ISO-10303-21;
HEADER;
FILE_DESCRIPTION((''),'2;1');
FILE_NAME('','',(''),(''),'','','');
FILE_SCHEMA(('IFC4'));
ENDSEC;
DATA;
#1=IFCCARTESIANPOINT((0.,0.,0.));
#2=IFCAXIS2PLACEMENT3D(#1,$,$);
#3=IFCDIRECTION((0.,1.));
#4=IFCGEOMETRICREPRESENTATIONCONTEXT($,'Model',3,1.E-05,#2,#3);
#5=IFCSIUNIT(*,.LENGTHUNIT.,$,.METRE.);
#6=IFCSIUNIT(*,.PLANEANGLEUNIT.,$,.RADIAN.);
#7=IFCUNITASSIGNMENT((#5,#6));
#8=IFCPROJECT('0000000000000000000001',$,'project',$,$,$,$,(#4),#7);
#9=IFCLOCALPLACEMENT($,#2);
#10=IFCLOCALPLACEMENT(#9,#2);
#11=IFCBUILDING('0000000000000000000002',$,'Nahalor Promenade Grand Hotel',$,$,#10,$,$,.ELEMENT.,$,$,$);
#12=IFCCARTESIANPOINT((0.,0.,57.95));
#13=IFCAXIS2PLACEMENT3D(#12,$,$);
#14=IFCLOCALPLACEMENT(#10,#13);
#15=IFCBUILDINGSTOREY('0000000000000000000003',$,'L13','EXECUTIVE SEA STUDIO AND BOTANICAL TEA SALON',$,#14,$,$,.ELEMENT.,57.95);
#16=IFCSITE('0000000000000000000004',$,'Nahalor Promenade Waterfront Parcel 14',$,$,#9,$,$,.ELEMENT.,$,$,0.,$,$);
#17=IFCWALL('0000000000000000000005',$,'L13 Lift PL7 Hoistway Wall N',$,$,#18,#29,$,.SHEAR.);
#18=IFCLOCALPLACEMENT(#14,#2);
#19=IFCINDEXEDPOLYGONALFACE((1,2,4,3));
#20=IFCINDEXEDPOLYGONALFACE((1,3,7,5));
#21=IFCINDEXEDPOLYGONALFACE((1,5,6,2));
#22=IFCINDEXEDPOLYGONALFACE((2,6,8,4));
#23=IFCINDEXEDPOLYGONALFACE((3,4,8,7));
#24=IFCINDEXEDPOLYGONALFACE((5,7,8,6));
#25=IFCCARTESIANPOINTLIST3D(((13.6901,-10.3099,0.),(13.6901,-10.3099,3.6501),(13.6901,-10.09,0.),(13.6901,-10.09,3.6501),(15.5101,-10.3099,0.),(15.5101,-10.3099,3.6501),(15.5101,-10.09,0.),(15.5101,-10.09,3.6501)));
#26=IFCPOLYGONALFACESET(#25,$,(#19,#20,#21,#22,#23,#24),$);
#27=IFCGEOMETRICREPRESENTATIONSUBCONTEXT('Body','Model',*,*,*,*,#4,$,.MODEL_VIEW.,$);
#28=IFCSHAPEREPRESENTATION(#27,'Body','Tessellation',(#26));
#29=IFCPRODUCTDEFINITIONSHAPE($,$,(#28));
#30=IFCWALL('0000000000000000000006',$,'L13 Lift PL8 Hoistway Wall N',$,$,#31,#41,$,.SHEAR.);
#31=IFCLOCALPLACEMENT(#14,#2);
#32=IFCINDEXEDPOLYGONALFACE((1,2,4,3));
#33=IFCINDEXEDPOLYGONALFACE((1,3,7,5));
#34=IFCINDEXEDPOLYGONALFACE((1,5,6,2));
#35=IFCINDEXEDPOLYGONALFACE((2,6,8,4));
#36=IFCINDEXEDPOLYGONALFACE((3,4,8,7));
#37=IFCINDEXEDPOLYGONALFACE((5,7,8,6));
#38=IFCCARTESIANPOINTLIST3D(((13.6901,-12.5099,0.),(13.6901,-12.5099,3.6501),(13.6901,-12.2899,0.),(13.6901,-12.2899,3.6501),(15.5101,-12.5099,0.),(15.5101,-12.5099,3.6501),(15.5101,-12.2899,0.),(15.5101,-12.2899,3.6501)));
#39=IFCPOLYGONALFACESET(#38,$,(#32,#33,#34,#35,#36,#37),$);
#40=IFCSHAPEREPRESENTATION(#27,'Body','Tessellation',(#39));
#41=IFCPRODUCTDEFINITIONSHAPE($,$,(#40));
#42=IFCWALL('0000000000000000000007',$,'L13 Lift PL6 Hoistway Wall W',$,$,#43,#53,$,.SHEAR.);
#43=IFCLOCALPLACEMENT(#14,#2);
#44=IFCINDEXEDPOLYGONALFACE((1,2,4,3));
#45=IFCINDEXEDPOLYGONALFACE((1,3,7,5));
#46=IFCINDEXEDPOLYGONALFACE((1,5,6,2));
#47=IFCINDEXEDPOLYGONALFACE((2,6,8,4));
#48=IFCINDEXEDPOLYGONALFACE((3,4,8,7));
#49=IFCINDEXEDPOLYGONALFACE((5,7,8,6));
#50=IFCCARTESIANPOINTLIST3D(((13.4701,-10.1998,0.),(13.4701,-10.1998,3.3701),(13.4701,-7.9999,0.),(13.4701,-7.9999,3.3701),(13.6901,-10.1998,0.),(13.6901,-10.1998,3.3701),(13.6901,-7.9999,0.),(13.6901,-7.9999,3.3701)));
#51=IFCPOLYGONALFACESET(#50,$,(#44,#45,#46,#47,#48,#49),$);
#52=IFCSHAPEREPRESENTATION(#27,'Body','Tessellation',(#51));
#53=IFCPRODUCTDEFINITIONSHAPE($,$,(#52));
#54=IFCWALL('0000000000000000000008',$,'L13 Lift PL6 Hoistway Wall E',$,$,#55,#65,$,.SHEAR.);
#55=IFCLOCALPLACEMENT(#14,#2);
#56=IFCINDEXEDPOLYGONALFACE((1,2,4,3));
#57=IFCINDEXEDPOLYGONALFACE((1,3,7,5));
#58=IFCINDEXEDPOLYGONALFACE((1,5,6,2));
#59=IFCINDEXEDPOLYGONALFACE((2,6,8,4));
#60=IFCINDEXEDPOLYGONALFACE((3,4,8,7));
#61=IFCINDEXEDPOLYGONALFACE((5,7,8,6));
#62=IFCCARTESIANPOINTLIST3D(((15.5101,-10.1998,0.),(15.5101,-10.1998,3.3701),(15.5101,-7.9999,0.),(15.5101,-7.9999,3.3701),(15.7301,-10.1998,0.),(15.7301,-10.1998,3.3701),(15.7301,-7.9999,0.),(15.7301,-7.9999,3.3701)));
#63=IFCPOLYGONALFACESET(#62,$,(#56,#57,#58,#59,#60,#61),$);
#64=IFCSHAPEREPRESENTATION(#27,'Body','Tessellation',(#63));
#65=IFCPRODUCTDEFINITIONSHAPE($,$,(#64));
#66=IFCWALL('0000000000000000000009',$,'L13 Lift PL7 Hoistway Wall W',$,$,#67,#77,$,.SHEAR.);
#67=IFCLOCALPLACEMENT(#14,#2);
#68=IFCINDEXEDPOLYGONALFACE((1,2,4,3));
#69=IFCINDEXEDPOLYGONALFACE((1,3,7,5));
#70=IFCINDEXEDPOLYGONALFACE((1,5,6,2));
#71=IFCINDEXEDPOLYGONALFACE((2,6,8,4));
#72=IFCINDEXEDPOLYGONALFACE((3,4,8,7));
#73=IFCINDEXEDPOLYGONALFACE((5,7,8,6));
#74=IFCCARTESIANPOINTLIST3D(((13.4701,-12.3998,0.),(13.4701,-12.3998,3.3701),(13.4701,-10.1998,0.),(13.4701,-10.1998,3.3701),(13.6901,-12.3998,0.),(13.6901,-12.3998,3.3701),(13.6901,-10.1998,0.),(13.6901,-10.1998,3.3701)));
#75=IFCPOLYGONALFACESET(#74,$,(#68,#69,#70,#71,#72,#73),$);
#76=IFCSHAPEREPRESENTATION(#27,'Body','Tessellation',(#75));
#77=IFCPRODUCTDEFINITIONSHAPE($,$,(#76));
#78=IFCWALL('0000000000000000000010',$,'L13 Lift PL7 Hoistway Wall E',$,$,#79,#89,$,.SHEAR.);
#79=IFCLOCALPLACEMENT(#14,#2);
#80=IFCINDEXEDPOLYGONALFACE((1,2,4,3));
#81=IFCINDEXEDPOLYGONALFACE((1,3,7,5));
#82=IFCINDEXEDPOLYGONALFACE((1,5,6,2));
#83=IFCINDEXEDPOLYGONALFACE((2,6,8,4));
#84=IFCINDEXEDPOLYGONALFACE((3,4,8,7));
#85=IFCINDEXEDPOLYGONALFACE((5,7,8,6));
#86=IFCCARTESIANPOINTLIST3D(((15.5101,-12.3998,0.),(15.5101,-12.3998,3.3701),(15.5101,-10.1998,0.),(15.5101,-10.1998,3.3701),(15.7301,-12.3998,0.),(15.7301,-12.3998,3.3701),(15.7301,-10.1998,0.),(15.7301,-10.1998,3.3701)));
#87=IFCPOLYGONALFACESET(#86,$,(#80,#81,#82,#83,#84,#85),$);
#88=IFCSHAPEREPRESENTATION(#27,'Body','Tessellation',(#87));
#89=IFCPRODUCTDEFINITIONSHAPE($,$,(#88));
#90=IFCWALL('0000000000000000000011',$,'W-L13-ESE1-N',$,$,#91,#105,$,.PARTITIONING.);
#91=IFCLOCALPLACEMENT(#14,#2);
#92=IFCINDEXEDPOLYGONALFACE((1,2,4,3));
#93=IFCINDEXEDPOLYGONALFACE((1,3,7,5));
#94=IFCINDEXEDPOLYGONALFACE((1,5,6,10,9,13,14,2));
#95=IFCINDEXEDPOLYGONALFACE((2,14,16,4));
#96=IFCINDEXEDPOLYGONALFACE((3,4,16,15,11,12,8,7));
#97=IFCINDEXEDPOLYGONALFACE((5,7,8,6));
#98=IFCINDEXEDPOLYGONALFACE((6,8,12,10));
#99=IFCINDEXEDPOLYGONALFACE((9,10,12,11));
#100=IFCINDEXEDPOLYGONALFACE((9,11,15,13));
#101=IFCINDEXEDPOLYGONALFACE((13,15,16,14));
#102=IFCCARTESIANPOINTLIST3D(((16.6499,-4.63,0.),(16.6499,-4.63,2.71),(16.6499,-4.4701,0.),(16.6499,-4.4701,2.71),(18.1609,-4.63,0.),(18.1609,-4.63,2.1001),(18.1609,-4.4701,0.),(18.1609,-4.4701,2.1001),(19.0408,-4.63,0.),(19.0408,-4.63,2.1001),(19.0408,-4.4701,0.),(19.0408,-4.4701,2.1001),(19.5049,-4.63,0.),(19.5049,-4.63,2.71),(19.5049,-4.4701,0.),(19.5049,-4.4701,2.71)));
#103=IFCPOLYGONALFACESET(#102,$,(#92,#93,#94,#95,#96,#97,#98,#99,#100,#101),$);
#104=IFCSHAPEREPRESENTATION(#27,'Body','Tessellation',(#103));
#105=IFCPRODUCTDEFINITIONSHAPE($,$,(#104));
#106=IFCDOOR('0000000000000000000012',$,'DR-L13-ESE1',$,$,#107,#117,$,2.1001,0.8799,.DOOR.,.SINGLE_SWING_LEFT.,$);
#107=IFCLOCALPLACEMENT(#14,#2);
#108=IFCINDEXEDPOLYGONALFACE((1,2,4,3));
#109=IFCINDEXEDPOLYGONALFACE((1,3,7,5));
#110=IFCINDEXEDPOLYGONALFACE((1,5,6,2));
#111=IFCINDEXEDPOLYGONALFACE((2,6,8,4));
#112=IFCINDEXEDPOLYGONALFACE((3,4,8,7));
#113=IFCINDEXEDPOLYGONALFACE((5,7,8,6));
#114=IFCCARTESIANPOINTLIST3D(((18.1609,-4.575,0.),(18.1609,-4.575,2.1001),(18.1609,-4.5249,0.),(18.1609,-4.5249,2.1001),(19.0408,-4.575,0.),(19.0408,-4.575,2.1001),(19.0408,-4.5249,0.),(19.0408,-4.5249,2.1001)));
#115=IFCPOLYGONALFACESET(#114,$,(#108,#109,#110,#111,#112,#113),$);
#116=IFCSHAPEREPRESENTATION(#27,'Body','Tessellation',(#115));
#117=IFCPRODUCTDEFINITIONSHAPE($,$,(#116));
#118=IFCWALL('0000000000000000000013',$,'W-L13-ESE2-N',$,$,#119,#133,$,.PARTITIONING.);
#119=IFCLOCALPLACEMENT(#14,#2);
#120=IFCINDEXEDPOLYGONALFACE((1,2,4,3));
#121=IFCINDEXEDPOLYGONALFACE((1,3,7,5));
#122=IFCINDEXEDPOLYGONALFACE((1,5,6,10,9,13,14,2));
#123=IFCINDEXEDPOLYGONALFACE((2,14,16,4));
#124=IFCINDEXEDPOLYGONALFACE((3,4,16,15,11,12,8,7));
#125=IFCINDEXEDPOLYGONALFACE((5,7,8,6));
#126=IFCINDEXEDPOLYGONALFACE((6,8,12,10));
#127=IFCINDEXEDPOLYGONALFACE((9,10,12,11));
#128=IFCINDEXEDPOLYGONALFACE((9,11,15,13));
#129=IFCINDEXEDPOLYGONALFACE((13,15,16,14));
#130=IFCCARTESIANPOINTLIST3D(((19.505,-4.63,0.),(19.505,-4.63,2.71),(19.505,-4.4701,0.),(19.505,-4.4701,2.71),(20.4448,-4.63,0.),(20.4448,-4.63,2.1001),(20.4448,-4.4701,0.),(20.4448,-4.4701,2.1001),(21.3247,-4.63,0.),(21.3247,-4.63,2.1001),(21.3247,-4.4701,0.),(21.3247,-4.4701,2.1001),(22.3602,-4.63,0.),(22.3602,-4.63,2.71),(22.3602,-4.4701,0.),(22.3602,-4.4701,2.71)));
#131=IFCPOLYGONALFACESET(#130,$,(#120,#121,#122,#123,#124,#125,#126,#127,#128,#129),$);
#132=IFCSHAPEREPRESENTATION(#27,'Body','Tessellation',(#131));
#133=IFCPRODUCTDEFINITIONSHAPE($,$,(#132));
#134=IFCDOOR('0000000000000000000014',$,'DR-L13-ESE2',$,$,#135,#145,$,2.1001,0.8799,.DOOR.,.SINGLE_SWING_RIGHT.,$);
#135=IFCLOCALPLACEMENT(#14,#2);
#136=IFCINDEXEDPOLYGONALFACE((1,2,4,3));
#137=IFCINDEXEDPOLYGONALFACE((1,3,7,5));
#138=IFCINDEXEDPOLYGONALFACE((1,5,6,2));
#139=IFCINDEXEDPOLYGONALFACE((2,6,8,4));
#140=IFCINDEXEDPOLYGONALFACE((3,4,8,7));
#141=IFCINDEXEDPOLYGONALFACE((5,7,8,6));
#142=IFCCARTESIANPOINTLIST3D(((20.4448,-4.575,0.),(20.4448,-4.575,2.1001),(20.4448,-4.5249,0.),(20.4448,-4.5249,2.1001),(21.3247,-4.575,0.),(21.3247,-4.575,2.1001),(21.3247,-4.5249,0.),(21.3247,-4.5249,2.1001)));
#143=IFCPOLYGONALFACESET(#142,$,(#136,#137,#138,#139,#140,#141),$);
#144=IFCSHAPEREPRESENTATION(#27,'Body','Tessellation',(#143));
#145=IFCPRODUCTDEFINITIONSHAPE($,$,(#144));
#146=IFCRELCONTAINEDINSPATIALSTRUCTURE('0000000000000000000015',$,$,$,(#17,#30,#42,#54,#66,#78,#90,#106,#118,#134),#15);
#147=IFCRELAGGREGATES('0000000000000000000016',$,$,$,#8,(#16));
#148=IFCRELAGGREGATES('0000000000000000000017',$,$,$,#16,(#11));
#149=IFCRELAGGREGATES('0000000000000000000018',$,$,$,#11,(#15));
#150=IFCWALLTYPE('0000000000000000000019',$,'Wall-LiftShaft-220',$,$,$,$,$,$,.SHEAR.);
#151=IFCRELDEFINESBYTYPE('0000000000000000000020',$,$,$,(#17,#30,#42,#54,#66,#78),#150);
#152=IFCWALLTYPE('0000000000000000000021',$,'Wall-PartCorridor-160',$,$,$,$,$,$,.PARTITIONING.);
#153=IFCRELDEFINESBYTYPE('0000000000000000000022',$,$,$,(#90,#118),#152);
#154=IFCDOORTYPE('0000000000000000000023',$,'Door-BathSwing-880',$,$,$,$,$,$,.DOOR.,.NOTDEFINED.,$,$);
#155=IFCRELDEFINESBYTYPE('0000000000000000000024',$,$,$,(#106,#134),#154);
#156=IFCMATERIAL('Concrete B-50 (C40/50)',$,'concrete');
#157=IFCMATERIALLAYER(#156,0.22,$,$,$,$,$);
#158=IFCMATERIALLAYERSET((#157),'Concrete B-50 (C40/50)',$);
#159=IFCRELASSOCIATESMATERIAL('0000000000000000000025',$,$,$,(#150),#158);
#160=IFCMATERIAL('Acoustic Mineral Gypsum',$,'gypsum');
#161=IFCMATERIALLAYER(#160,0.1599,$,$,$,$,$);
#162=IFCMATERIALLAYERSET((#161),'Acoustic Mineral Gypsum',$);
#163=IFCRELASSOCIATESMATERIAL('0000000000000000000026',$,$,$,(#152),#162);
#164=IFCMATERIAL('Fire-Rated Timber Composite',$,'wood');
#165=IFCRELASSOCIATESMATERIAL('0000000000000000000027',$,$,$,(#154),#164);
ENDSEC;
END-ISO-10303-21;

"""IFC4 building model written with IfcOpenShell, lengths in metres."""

from ifc_helpers import new_model, si_unit, direction, frame, frame_2d, origin, place, context, subcontext, project, spatial, rectangle, extrude, source, transform, mapped, material, layer, layer_set, type_object, element, fill, save


model = new_model("IFC4")

# Units and contexts
model_context = context("Model", 3, precision=1e-05, world=origin(), true_north=direction((0.0, 1.0)))
body_context = subcontext(model_context, "Body", "Model", "MODEL_VIEW")
ifc_project = project(units=[si_unit("LENGTHUNIT", "METRE"), si_unit("PLANEANGLEUNIT", "RADIAN")], contexts=[model_context])

# Site, building, storey
site_placement = place(None, origin())
site = spatial("IfcSite", under=ifc_project, at=site_placement, Name="Nahalor Promenade Waterfront Parcel 14", CompositionType="ELEMENT", RefElevation=0.0)
building_placement = place(site_placement, origin())
building = spatial("IfcBuilding", under=site, at=building_placement, Name="Nahalor Promenade Grand Hotel", CompositionType="ELEMENT")
storey_placement = place(building_placement, frame((0.0, 0.0, 57.95)))
storey = spatial("IfcBuildingStorey", under=building, at=storey_placement, Name="L13", Description="EXECUTIVE SEA STUDIO AND BOTANICAL TEA SALON", CompositionType="ELEMENT", Elevation=57.95)

# Walls
ifc_material_1 = material(Name="Concrete B-50 (C40/50)", Category="concrete")
ifc_layer_1 = layer(ifc_material_1, 0.22)
ifc_layer_set_1 = layer_set([ifc_layer_1], Name="Concrete B-50 (C40/50)")
wall_type_1 = type_object("IfcWallType", Name="Wall-LiftShaft-220", PredefinedType="SHEAR", material=ifc_layer_set_1)
shared_shape_1 = source(origin(), body_context, "Body", "SweptSolid", [
    extrude(rectangle(XDim=1.8201, YDim=0.22, at=frame_2d((0.9102, 0.0))), origin(), (0.0, 0.0, 1.0), 3.6501),
])
for number, where, z_axis, x_axis, name in (
    (1, (13.6899, -10.2, 0.0), (0.0, 0.0, 1.0), (1.0, 0.0, 0.0), "L13 Lift PL7 Hoistway Wall N"),
    (2, (13.6899, -12.3999, 0.0), (0.0, 0.0, 1.0), (1.0, 0.0, 0.0), "L13 Lift PL8 Hoistway Wall N"),
):
    element("IfcWall", number, at=place(storey_placement, frame(where, z_axis=z_axis, x_axis=x_axis)), inside=storey, type_object=wall_type_1, Name=name, PredefinedType="SHEAR", context=body_context, shape_type="MappedRepresentation", body=[
        mapped(shared_shape_1, transform((0.0, 0.0, 0.0), scale=1.0)),
    ])
shared_shape_2 = source(origin(), body_context, "Body", "SweptSolid", [
    extrude(rectangle(XDim=2.2, YDim=0.22, at=frame_2d((1.1001, 0.0))), origin(), (0.0, 0.0, 1.0), 3.3701),
])
for number, where, z_axis, x_axis, name in (
    (3, (13.5801, -10.2, 0.0), (0.0, 0.0, 1.0), (0.0, 1.0, 0.0), "L13 Lift PL6 Hoistway Wall W"),
    (4, (15.6201, -10.2, 0.0), (0.0, 0.0, 1.0), (0.0, 1.0, 0.0), "L13 Lift PL6 Hoistway Wall E"),
    (5, (13.5801, -12.3999, 0.0), (0.0, 0.0, 1.0), (0.0, 1.0, 0.0), "L13 Lift PL7 Hoistway Wall W"),
    (6, (15.6201, -12.3999, 0.0), (0.0, 0.0, 1.0), (0.0, 1.0, 0.0), "L13 Lift PL7 Hoistway Wall E"),
):
    element("IfcWall", number, at=place(storey_placement, frame(where, z_axis=z_axis, x_axis=x_axis)), inside=storey, type_object=wall_type_1, Name=name, PredefinedType="SHEAR", context=body_context, shape_type="MappedRepresentation", body=[
        mapped(shared_shape_2, transform((0.0, 0.0, 0.0), scale=1.0)),
    ])

# Walls, openings, doors
ifc_material_2 = material(Name="Acoustic Mineral Gypsum", Category="gypsum")
ifc_layer_2 = layer(ifc_material_2, 0.1599)
ifc_layer_set_2 = layer_set([ifc_layer_2], Name="Acoustic Mineral Gypsum")
wall_type_2 = type_object("IfcWallType", Name="Wall-PartCorridor-160", PredefinedType="PARTITIONING", material=ifc_layer_set_2)
shared_shape_3 = source(origin(), body_context, "Body", "SweptSolid", [
    extrude(rectangle(XDim=2.855, YDim=0.1599, at=frame_2d((1.4275, 0.0))), origin(), (0.0, 0.0, 1.0), 2.71),
])
wall_1_placement = place(storey_placement, frame((16.6499, -4.55, 0.0), z_axis=(0.0, 0.0, 1.0), x_axis=(1.0, 0.0, 0.0)))
wall_1 = element("IfcWall", 7, at=wall_1_placement, inside=storey, type_object=wall_type_2, Name="W-L13-ESE1-N", PredefinedType="PARTITIONING", context=body_context, shape_type="MappedRepresentation", body=[
    mapped(shared_shape_3, transform((0.0, 0.0, 0.0), scale=1.0)),
])
opening_1_placement = place(wall_1_placement, frame((1.511, 0.0, 0.0)))
opening_1 = element("IfcOpeningElement", 8, at=opening_1_placement, cuts=wall_1, PredefinedType="OPENING", context=body_context, shape_type="SweptSolid", body=[
    extrude(rectangle(XDim=0.8799, YDim=2.1001, at=frame_2d((0.4399, 1.05))), frame((0.0, 0.0898, 0.0), z_axis=(0.0, -1.0, 0.0), x_axis=(1.0, 0.0, 0.0)), (0.0, 0.0, 1.0), 0.1799),
])
ifc_material_3 = material(Name="Fire-Rated Timber Composite", Category="wood")
door_type = type_object("IfcDoorType", Name="Door-BathSwing-880", OperationType="NOTDEFINED", PredefinedType="DOOR", material=ifc_material_3)
shared_shape_4 = source(origin(), body_context, "Body", "SweptSolid", [
    extrude(rectangle(XDim=0.8799, YDim=2.1001, at=frame_2d((0.4399, 1.05))), frame((0.0, 0.0249, 0.0), z_axis=(0.0, -1.0, 0.0), x_axis=(1.0, 0.0, 0.0)), (0.0, 0.0, 1.0), 0.05),
])
door_1_placement = place(opening_1_placement, frame((0.8799, 0.0, 0.0), z_axis=(0.0, 0.0, 1.0), x_axis=(-1.0, 0.0, 0.0)))
door_1 = element("IfcDoor", 9, at=door_1_placement, inside=storey, type_object=door_type, Name="DR-L13-ESE1", OperationType="SINGLE_SWING_LEFT", OverallHeight=2.1001, OverallWidth=0.8799, PredefinedType="DOOR", context=body_context, shape_type="MappedRepresentation", body=[
    mapped(shared_shape_4, transform((0.0, 0.0, 0.0), scale=1.0)),
])
fill(opening_1, door_1)
shared_shape_5 = source(origin(), body_context, "Body", "SweptSolid", [
    extrude(rectangle(XDim=2.8552, YDim=0.1599, at=frame_2d((1.4277, 0.0))), origin(), (0.0, 0.0, 1.0), 2.71),
])
wall_2_placement = place(storey_placement, frame((19.5049, -4.55, 0.0), z_axis=(0.0, 0.0, 1.0), x_axis=(1.0, 0.0, 0.0)))
wall_2 = element("IfcWall", 10, at=wall_2_placement, inside=storey, type_object=wall_type_2, Name="W-L13-ESE2-N", PredefinedType="PARTITIONING", context=body_context, shape_type="MappedRepresentation", body=[
    mapped(shared_shape_5, transform((0.0, 0.0, 0.0), scale=1.0)),
])
opening_2_placement = place(wall_2_placement, frame((0.9399, 0.0, 0.0)))
opening_2 = element("IfcOpeningElement", 11, at=opening_2_placement, cuts=wall_2, PredefinedType="OPENING", context=body_context, shape_type="SweptSolid", body=[
    extrude(rectangle(XDim=0.8799, YDim=2.1001, at=frame_2d((0.4399, 1.05))), frame((0.0, 0.0898, 0.0), z_axis=(0.0, -1.0, 0.0), x_axis=(1.0, 0.0, 0.0)), (0.0, 0.0, 1.0), 0.1799),
])
door_2_placement = place(opening_2_placement, frame((0.8799, 0.0, 0.0), z_axis=(0.0, 0.0, 1.0), x_axis=(-1.0, 0.0, 0.0)))
door_2 = element("IfcDoor", 12, at=door_2_placement, inside=storey, type_object=door_type, Name="DR-L13-ESE2", OperationType="SINGLE_SWING_RIGHT", OverallHeight=2.1001, OverallWidth=0.8799, PredefinedType="DOOR", context=body_context, shape_type="MappedRepresentation", body=[
    mapped(shared_shape_4, transform((0.0, 0.0, 0.0), scale=1.0)),
])
fill(opening_2, door_2)

save(model, "model.ifc")
